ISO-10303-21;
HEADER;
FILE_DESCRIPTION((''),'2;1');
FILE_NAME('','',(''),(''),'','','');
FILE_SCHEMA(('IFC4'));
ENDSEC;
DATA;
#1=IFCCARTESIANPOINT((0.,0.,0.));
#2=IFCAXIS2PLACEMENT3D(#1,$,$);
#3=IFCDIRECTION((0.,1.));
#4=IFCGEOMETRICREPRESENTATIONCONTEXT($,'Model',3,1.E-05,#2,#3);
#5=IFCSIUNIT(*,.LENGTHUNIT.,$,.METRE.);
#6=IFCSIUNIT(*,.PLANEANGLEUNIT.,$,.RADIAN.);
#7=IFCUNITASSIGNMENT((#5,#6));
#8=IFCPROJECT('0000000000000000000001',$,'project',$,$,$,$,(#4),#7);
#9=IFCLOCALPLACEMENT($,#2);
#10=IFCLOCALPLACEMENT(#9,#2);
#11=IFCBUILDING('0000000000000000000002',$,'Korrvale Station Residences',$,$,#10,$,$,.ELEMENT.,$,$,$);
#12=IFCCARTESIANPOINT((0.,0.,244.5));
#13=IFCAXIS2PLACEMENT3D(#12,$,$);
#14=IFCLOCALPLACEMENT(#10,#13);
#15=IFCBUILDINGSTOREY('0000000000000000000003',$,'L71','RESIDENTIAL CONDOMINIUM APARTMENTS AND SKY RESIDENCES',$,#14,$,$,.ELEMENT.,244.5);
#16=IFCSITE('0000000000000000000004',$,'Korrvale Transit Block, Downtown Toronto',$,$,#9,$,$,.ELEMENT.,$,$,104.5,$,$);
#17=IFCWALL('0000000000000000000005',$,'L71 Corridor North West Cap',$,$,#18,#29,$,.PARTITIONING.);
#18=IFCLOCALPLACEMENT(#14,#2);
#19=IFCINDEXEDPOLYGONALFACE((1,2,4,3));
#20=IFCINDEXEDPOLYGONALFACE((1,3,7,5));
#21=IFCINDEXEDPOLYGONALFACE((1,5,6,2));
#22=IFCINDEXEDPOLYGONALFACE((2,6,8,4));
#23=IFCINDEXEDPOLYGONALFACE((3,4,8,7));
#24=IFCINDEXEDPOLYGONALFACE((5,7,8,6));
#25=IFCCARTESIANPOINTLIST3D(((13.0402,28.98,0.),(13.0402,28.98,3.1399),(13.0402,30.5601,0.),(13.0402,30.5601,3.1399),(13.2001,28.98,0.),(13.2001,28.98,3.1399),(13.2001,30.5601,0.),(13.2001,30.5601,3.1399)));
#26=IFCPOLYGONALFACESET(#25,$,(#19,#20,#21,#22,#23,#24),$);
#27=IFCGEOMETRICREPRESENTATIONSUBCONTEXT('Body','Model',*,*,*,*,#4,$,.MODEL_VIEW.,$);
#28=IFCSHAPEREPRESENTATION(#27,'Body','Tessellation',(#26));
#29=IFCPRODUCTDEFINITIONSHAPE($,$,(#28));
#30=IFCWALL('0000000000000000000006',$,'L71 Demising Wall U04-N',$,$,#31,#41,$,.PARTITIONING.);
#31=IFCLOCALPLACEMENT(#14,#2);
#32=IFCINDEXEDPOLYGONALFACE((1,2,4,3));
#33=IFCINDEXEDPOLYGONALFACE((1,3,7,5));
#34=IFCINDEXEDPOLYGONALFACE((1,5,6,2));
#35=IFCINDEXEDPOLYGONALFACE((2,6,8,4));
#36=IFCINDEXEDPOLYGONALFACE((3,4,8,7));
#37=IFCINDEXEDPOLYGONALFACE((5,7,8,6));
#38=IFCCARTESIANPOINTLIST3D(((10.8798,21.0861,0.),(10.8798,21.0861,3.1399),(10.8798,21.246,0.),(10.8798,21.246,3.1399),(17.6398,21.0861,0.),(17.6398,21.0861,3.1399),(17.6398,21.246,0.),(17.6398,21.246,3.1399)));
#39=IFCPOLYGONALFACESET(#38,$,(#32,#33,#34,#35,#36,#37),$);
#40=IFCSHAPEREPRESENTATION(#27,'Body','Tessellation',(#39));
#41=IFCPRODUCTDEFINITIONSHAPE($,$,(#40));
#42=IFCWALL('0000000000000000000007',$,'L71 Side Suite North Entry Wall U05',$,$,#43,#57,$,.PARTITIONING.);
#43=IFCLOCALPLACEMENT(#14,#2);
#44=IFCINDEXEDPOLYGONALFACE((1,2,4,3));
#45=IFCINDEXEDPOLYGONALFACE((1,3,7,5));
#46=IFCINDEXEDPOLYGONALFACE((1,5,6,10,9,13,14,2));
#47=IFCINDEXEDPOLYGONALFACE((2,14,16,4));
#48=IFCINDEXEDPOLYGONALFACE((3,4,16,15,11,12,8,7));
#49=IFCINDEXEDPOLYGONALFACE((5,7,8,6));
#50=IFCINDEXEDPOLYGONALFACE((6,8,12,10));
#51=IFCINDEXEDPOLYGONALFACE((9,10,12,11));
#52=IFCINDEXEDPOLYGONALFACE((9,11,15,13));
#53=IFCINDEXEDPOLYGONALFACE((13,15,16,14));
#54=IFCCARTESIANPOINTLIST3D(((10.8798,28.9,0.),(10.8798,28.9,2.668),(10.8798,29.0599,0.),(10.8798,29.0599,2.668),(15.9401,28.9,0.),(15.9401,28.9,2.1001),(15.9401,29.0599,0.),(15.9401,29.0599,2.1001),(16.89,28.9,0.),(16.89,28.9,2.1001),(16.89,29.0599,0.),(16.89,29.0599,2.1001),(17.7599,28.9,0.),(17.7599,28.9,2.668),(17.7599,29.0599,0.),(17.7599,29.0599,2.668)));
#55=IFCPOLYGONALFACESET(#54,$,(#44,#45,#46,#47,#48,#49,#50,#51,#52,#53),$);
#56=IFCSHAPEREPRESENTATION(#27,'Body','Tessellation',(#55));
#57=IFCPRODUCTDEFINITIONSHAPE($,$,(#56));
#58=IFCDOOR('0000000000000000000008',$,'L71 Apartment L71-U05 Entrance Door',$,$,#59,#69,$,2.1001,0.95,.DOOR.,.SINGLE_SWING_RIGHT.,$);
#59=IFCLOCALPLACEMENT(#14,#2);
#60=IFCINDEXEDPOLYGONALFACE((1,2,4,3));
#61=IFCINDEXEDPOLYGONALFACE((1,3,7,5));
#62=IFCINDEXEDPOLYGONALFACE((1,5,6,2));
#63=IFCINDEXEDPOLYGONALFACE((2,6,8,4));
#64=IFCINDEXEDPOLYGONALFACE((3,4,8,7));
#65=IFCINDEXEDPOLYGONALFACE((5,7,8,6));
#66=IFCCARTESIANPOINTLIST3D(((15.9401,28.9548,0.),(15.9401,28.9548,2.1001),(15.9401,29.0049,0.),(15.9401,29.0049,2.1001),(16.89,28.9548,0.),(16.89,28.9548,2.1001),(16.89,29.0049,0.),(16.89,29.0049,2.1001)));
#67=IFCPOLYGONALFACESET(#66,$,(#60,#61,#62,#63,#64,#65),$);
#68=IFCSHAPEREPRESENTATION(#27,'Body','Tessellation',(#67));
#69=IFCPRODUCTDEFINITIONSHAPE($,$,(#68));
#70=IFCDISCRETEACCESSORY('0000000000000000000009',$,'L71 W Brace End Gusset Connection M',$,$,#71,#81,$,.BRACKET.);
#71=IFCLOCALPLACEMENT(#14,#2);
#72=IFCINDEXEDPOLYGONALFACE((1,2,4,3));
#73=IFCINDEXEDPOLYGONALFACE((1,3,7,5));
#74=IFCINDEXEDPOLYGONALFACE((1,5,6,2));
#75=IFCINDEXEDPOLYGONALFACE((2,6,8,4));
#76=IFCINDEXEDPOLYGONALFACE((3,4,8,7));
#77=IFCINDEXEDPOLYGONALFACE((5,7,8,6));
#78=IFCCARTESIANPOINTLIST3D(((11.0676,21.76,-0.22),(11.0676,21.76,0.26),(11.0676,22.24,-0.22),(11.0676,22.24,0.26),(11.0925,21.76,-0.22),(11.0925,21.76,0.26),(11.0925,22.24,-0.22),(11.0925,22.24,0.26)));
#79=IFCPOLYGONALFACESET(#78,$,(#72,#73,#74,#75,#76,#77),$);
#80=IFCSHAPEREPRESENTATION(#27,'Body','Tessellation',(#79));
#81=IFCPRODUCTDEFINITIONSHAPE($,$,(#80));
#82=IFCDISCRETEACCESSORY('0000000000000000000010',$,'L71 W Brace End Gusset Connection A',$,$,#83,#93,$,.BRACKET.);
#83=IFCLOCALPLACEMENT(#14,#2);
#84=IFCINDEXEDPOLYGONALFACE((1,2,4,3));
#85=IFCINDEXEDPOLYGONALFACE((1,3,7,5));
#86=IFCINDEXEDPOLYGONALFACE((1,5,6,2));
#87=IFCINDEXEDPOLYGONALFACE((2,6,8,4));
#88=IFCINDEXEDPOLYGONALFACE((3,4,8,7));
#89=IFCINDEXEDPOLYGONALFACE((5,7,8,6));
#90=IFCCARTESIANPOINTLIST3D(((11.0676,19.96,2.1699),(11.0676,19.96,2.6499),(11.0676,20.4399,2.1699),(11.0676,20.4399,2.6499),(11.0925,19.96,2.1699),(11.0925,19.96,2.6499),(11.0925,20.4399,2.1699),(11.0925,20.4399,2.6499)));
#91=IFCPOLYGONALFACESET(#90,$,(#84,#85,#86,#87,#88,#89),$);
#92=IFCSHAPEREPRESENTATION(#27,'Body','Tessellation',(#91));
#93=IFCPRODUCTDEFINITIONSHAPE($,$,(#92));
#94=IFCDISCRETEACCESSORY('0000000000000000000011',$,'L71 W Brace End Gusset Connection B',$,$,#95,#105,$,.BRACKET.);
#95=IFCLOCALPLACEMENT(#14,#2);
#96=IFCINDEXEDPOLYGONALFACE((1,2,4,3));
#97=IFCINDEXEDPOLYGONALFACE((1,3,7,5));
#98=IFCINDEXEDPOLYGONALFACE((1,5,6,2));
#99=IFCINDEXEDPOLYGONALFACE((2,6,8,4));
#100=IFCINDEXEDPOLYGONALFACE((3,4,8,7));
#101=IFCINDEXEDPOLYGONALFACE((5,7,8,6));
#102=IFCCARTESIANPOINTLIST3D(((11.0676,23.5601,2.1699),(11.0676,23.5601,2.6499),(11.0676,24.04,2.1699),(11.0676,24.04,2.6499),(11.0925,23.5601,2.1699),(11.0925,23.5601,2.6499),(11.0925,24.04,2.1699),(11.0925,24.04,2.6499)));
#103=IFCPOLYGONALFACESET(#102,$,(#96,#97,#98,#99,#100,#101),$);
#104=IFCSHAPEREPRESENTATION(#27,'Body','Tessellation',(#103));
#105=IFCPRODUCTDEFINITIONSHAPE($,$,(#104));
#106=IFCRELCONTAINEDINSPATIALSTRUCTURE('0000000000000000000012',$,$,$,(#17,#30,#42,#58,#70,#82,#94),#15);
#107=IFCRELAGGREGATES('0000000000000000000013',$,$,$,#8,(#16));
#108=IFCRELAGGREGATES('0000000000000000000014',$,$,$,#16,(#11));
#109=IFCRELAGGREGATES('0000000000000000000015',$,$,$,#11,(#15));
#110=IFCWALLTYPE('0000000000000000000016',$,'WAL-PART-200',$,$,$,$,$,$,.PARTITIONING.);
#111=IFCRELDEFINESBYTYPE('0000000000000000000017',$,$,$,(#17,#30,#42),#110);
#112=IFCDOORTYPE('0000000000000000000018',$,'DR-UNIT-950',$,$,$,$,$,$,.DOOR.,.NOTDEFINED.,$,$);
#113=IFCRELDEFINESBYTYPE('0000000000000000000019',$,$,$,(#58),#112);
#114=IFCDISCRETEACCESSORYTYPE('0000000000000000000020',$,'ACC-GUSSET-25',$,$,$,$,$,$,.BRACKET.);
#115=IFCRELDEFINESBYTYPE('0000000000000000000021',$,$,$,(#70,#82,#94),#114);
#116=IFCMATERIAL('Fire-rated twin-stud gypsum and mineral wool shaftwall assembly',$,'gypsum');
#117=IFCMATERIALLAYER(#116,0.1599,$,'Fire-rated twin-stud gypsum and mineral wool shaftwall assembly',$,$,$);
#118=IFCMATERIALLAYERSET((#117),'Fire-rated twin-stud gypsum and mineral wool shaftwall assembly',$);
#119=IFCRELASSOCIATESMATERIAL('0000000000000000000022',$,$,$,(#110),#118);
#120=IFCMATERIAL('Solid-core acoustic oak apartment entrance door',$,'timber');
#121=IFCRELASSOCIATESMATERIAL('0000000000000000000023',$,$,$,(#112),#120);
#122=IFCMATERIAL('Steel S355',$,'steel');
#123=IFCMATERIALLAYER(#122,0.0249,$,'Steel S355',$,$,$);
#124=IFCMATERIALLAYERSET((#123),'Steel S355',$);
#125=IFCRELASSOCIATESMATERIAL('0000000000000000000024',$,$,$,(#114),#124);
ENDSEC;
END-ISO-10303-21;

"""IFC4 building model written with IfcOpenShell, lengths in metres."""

from ifc_helpers import new_model, si_unit, direction, frame, frame_2d, origin, origin_2d, place, context, subcontext, project, spatial, rectangle, extrude, material, layer, layer_set, type_object, element, fill, save


model = new_model("IFC4")

# Units and contexts
model_context = context("Model", 3, precision=1e-05, world=origin(), true_north=direction((0.0, 1.0)))
body_context = subcontext(model_context, "Body", "Model", "MODEL_VIEW")
ifc_project = project(units=[si_unit("LENGTHUNIT", "METRE"), si_unit("PLANEANGLEUNIT", "RADIAN")], contexts=[model_context])

# Site, building, storey
site_placement = place(None, origin())
site = spatial("IfcSite", under=ifc_project, at=site_placement, Name="Korrvale Transit Block, Downtown Toronto", CompositionType="ELEMENT", RefElevation=104.5)
building_placement = place(site_placement, origin())
building = spatial("IfcBuilding", under=site, at=building_placement, Name="Korrvale Station Residences", CompositionType="ELEMENT")
storey_placement = place(building_placement, frame((0.0, 0.0, 244.5)))
storey = spatial("IfcBuildingStorey", under=building, at=storey_placement, Name="L71", Description="RESIDENTIAL CONDOMINIUM APARTMENTS AND SKY RESIDENCES", CompositionType="ELEMENT", Elevation=244.5)

# Shared definitions
ifc_material_1 = material(Name="Steel S355", Category="steel")

# Walls
ifc_material_2 = material(Name="Fire-rated twin-stud gypsum and mineral wool shaftwall assembly", Category="gypsum")
ifc_layer_1 = layer(ifc_material_2, 0.1599, Name="Fire-rated twin-stud gypsum and mineral wool shaftwall assembly")
ifc_layer_set_1 = layer_set([ifc_layer_1], Name="Fire-rated twin-stud gypsum and mineral wool shaftwall assembly")
wall_type_1 = type_object("IfcWallType", Name="WAL-PART-200", PredefinedType="PARTITIONING", material=ifc_layer_set_1)
wall_1_placement = place(storey_placement, frame((13.1201, 28.98, 0.0), z_axis=(0.0, 0.0, 1.0), x_axis=(0.0, 1.0, 0.0)))
element("IfcWall", 1, at=wall_1_placement, inside=storey, type_object=wall_type_1, Name="L71 Corridor North West Cap", PredefinedType="PARTITIONING", context=body_context, shape_type="SweptSolid", body=[
    extrude(rectangle(XDim=1.5801, YDim=0.1599, at=frame_2d((0.79, 0.0))), origin(), (0.0, 0.0, 1.0), 3.1399),
])
wall_2_placement = place(storey_placement, frame((10.8799, 21.166, 0.0), z_axis=(0.0, 0.0, 1.0), x_axis=(1.0, 0.0, 0.0)))
element("IfcWall", 2, at=wall_2_placement, inside=storey, type_object=wall_type_1, Name="L71 Demising Wall U04-N", PredefinedType="PARTITIONING", context=body_context, shape_type="SweptSolid", body=[
    extrude(rectangle(XDim=6.76, YDim=0.1599, at=frame_2d((3.3799, 0.0))), origin(), (0.0, 0.0, 1.0), 3.1399),
])

# Wall, opening, door
wall_3_placement = place(storey_placement, frame((10.8799, 28.98, 0.0), z_axis=(0.0, 0.0, 1.0), x_axis=(1.0, 0.0, 0.0)))
wall_3 = element("IfcWall", 3, at=wall_3_placement, inside=storey, type_object=wall_type_1, Name="L71 Side Suite North Entry Wall U05", PredefinedType="PARTITIONING", context=body_context, shape_type="SweptSolid", body=[
    extrude(rectangle(XDim=6.8801, YDim=0.1599, at=frame_2d((3.4399, 0.0))), origin(), (0.0, 0.0, 1.0), 2.668),
])
opening_1_placement = place(wall_3_placement, frame((5.0601, 0.0, 0.0)))
opening_1 = element("IfcOpeningElement", 4, at=opening_1_placement, cuts=wall_3, PredefinedType="OPENING", context=body_context, shape_type="SweptSolid", body=[
    extrude(rectangle(XDim=0.95, YDim=2.1001, at=frame_2d((0.4751, 1.05))), frame((0.0, 0.0898, 0.0), z_axis=(0.0, -1.0, 0.0), x_axis=(1.0, 0.0, 0.0)), (0.0, 0.0, 1.0), 0.1799),
])
ifc_material_3 = material(Name="Solid-core acoustic oak apartment entrance door", Category="timber")
door_type_1 = type_object("IfcDoorType", Name="DR-UNIT-950", OperationType="NOTDEFINED", PredefinedType="DOOR", material=ifc_material_3)
door_1_placement = place(opening_1_placement, origin())
door_1 = element("IfcDoor", 5, at=door_1_placement, inside=storey, type_object=door_type_1, Name="L71 Apartment L71-U05 Entrance Door", OperationType="SINGLE_SWING_RIGHT", OverallHeight=2.1001, OverallWidth=0.95, PredefinedType="DOOR", context=body_context, shape_type="SweptSolid", body=[
    extrude(rectangle(XDim=0.95, YDim=2.1001, at=frame_2d((0.4751, 1.05))), frame((0.0, 0.0249, 0.0), z_axis=(0.0, -1.0, 0.0), x_axis=(1.0, 0.0, 0.0)), (0.0, 0.0, 1.0), 0.05),
])
fill(opening_1, door_1)

# Discrete accessories
ifc_layer_2 = layer(ifc_material_1, 0.0249, Name="Steel S355")
ifc_layer_set_2 = layer_set([ifc_layer_2], Name="Steel S355")
discrete_accessory_type = type_object("IfcDiscreteAccessoryType", Name="ACC-GUSSET-25", PredefinedType="BRACKET", material=ifc_layer_set_2)
for number, where, z_axis, x_axis, name in (
    (6, (11.0801, 22.0, -0.22), (0.0, 0.0, 1.0), (0.0, 1.0, 0.0), "L71 W Brace End Gusset Connection M"),
    (7, (11.0801, 20.2, 2.1699), (0.0, 0.0, 1.0), (0.0, 1.0, 0.0), "L71 W Brace End Gusset Connection A"),
    (8, (11.0801, 23.8, 2.1699), (0.0, 0.0, 1.0), (0.0, 1.0, 0.0), "L71 W Brace End Gusset Connection B"),
):
    element("IfcDiscreteAccessory", number, at=place(storey_placement, frame(where, z_axis=z_axis, x_axis=x_axis)), inside=storey, type_object=discrete_accessory_type, Name=name, PredefinedType="BRACKET", context=body_context, shape_type="SweptSolid", body=[
        extrude(rectangle(XDim=0.48, YDim=0.0249, at=origin_2d()), origin(), (0.0, 0.0, 1.0), 0.48),
    ])

save(model, "model.ifc")
